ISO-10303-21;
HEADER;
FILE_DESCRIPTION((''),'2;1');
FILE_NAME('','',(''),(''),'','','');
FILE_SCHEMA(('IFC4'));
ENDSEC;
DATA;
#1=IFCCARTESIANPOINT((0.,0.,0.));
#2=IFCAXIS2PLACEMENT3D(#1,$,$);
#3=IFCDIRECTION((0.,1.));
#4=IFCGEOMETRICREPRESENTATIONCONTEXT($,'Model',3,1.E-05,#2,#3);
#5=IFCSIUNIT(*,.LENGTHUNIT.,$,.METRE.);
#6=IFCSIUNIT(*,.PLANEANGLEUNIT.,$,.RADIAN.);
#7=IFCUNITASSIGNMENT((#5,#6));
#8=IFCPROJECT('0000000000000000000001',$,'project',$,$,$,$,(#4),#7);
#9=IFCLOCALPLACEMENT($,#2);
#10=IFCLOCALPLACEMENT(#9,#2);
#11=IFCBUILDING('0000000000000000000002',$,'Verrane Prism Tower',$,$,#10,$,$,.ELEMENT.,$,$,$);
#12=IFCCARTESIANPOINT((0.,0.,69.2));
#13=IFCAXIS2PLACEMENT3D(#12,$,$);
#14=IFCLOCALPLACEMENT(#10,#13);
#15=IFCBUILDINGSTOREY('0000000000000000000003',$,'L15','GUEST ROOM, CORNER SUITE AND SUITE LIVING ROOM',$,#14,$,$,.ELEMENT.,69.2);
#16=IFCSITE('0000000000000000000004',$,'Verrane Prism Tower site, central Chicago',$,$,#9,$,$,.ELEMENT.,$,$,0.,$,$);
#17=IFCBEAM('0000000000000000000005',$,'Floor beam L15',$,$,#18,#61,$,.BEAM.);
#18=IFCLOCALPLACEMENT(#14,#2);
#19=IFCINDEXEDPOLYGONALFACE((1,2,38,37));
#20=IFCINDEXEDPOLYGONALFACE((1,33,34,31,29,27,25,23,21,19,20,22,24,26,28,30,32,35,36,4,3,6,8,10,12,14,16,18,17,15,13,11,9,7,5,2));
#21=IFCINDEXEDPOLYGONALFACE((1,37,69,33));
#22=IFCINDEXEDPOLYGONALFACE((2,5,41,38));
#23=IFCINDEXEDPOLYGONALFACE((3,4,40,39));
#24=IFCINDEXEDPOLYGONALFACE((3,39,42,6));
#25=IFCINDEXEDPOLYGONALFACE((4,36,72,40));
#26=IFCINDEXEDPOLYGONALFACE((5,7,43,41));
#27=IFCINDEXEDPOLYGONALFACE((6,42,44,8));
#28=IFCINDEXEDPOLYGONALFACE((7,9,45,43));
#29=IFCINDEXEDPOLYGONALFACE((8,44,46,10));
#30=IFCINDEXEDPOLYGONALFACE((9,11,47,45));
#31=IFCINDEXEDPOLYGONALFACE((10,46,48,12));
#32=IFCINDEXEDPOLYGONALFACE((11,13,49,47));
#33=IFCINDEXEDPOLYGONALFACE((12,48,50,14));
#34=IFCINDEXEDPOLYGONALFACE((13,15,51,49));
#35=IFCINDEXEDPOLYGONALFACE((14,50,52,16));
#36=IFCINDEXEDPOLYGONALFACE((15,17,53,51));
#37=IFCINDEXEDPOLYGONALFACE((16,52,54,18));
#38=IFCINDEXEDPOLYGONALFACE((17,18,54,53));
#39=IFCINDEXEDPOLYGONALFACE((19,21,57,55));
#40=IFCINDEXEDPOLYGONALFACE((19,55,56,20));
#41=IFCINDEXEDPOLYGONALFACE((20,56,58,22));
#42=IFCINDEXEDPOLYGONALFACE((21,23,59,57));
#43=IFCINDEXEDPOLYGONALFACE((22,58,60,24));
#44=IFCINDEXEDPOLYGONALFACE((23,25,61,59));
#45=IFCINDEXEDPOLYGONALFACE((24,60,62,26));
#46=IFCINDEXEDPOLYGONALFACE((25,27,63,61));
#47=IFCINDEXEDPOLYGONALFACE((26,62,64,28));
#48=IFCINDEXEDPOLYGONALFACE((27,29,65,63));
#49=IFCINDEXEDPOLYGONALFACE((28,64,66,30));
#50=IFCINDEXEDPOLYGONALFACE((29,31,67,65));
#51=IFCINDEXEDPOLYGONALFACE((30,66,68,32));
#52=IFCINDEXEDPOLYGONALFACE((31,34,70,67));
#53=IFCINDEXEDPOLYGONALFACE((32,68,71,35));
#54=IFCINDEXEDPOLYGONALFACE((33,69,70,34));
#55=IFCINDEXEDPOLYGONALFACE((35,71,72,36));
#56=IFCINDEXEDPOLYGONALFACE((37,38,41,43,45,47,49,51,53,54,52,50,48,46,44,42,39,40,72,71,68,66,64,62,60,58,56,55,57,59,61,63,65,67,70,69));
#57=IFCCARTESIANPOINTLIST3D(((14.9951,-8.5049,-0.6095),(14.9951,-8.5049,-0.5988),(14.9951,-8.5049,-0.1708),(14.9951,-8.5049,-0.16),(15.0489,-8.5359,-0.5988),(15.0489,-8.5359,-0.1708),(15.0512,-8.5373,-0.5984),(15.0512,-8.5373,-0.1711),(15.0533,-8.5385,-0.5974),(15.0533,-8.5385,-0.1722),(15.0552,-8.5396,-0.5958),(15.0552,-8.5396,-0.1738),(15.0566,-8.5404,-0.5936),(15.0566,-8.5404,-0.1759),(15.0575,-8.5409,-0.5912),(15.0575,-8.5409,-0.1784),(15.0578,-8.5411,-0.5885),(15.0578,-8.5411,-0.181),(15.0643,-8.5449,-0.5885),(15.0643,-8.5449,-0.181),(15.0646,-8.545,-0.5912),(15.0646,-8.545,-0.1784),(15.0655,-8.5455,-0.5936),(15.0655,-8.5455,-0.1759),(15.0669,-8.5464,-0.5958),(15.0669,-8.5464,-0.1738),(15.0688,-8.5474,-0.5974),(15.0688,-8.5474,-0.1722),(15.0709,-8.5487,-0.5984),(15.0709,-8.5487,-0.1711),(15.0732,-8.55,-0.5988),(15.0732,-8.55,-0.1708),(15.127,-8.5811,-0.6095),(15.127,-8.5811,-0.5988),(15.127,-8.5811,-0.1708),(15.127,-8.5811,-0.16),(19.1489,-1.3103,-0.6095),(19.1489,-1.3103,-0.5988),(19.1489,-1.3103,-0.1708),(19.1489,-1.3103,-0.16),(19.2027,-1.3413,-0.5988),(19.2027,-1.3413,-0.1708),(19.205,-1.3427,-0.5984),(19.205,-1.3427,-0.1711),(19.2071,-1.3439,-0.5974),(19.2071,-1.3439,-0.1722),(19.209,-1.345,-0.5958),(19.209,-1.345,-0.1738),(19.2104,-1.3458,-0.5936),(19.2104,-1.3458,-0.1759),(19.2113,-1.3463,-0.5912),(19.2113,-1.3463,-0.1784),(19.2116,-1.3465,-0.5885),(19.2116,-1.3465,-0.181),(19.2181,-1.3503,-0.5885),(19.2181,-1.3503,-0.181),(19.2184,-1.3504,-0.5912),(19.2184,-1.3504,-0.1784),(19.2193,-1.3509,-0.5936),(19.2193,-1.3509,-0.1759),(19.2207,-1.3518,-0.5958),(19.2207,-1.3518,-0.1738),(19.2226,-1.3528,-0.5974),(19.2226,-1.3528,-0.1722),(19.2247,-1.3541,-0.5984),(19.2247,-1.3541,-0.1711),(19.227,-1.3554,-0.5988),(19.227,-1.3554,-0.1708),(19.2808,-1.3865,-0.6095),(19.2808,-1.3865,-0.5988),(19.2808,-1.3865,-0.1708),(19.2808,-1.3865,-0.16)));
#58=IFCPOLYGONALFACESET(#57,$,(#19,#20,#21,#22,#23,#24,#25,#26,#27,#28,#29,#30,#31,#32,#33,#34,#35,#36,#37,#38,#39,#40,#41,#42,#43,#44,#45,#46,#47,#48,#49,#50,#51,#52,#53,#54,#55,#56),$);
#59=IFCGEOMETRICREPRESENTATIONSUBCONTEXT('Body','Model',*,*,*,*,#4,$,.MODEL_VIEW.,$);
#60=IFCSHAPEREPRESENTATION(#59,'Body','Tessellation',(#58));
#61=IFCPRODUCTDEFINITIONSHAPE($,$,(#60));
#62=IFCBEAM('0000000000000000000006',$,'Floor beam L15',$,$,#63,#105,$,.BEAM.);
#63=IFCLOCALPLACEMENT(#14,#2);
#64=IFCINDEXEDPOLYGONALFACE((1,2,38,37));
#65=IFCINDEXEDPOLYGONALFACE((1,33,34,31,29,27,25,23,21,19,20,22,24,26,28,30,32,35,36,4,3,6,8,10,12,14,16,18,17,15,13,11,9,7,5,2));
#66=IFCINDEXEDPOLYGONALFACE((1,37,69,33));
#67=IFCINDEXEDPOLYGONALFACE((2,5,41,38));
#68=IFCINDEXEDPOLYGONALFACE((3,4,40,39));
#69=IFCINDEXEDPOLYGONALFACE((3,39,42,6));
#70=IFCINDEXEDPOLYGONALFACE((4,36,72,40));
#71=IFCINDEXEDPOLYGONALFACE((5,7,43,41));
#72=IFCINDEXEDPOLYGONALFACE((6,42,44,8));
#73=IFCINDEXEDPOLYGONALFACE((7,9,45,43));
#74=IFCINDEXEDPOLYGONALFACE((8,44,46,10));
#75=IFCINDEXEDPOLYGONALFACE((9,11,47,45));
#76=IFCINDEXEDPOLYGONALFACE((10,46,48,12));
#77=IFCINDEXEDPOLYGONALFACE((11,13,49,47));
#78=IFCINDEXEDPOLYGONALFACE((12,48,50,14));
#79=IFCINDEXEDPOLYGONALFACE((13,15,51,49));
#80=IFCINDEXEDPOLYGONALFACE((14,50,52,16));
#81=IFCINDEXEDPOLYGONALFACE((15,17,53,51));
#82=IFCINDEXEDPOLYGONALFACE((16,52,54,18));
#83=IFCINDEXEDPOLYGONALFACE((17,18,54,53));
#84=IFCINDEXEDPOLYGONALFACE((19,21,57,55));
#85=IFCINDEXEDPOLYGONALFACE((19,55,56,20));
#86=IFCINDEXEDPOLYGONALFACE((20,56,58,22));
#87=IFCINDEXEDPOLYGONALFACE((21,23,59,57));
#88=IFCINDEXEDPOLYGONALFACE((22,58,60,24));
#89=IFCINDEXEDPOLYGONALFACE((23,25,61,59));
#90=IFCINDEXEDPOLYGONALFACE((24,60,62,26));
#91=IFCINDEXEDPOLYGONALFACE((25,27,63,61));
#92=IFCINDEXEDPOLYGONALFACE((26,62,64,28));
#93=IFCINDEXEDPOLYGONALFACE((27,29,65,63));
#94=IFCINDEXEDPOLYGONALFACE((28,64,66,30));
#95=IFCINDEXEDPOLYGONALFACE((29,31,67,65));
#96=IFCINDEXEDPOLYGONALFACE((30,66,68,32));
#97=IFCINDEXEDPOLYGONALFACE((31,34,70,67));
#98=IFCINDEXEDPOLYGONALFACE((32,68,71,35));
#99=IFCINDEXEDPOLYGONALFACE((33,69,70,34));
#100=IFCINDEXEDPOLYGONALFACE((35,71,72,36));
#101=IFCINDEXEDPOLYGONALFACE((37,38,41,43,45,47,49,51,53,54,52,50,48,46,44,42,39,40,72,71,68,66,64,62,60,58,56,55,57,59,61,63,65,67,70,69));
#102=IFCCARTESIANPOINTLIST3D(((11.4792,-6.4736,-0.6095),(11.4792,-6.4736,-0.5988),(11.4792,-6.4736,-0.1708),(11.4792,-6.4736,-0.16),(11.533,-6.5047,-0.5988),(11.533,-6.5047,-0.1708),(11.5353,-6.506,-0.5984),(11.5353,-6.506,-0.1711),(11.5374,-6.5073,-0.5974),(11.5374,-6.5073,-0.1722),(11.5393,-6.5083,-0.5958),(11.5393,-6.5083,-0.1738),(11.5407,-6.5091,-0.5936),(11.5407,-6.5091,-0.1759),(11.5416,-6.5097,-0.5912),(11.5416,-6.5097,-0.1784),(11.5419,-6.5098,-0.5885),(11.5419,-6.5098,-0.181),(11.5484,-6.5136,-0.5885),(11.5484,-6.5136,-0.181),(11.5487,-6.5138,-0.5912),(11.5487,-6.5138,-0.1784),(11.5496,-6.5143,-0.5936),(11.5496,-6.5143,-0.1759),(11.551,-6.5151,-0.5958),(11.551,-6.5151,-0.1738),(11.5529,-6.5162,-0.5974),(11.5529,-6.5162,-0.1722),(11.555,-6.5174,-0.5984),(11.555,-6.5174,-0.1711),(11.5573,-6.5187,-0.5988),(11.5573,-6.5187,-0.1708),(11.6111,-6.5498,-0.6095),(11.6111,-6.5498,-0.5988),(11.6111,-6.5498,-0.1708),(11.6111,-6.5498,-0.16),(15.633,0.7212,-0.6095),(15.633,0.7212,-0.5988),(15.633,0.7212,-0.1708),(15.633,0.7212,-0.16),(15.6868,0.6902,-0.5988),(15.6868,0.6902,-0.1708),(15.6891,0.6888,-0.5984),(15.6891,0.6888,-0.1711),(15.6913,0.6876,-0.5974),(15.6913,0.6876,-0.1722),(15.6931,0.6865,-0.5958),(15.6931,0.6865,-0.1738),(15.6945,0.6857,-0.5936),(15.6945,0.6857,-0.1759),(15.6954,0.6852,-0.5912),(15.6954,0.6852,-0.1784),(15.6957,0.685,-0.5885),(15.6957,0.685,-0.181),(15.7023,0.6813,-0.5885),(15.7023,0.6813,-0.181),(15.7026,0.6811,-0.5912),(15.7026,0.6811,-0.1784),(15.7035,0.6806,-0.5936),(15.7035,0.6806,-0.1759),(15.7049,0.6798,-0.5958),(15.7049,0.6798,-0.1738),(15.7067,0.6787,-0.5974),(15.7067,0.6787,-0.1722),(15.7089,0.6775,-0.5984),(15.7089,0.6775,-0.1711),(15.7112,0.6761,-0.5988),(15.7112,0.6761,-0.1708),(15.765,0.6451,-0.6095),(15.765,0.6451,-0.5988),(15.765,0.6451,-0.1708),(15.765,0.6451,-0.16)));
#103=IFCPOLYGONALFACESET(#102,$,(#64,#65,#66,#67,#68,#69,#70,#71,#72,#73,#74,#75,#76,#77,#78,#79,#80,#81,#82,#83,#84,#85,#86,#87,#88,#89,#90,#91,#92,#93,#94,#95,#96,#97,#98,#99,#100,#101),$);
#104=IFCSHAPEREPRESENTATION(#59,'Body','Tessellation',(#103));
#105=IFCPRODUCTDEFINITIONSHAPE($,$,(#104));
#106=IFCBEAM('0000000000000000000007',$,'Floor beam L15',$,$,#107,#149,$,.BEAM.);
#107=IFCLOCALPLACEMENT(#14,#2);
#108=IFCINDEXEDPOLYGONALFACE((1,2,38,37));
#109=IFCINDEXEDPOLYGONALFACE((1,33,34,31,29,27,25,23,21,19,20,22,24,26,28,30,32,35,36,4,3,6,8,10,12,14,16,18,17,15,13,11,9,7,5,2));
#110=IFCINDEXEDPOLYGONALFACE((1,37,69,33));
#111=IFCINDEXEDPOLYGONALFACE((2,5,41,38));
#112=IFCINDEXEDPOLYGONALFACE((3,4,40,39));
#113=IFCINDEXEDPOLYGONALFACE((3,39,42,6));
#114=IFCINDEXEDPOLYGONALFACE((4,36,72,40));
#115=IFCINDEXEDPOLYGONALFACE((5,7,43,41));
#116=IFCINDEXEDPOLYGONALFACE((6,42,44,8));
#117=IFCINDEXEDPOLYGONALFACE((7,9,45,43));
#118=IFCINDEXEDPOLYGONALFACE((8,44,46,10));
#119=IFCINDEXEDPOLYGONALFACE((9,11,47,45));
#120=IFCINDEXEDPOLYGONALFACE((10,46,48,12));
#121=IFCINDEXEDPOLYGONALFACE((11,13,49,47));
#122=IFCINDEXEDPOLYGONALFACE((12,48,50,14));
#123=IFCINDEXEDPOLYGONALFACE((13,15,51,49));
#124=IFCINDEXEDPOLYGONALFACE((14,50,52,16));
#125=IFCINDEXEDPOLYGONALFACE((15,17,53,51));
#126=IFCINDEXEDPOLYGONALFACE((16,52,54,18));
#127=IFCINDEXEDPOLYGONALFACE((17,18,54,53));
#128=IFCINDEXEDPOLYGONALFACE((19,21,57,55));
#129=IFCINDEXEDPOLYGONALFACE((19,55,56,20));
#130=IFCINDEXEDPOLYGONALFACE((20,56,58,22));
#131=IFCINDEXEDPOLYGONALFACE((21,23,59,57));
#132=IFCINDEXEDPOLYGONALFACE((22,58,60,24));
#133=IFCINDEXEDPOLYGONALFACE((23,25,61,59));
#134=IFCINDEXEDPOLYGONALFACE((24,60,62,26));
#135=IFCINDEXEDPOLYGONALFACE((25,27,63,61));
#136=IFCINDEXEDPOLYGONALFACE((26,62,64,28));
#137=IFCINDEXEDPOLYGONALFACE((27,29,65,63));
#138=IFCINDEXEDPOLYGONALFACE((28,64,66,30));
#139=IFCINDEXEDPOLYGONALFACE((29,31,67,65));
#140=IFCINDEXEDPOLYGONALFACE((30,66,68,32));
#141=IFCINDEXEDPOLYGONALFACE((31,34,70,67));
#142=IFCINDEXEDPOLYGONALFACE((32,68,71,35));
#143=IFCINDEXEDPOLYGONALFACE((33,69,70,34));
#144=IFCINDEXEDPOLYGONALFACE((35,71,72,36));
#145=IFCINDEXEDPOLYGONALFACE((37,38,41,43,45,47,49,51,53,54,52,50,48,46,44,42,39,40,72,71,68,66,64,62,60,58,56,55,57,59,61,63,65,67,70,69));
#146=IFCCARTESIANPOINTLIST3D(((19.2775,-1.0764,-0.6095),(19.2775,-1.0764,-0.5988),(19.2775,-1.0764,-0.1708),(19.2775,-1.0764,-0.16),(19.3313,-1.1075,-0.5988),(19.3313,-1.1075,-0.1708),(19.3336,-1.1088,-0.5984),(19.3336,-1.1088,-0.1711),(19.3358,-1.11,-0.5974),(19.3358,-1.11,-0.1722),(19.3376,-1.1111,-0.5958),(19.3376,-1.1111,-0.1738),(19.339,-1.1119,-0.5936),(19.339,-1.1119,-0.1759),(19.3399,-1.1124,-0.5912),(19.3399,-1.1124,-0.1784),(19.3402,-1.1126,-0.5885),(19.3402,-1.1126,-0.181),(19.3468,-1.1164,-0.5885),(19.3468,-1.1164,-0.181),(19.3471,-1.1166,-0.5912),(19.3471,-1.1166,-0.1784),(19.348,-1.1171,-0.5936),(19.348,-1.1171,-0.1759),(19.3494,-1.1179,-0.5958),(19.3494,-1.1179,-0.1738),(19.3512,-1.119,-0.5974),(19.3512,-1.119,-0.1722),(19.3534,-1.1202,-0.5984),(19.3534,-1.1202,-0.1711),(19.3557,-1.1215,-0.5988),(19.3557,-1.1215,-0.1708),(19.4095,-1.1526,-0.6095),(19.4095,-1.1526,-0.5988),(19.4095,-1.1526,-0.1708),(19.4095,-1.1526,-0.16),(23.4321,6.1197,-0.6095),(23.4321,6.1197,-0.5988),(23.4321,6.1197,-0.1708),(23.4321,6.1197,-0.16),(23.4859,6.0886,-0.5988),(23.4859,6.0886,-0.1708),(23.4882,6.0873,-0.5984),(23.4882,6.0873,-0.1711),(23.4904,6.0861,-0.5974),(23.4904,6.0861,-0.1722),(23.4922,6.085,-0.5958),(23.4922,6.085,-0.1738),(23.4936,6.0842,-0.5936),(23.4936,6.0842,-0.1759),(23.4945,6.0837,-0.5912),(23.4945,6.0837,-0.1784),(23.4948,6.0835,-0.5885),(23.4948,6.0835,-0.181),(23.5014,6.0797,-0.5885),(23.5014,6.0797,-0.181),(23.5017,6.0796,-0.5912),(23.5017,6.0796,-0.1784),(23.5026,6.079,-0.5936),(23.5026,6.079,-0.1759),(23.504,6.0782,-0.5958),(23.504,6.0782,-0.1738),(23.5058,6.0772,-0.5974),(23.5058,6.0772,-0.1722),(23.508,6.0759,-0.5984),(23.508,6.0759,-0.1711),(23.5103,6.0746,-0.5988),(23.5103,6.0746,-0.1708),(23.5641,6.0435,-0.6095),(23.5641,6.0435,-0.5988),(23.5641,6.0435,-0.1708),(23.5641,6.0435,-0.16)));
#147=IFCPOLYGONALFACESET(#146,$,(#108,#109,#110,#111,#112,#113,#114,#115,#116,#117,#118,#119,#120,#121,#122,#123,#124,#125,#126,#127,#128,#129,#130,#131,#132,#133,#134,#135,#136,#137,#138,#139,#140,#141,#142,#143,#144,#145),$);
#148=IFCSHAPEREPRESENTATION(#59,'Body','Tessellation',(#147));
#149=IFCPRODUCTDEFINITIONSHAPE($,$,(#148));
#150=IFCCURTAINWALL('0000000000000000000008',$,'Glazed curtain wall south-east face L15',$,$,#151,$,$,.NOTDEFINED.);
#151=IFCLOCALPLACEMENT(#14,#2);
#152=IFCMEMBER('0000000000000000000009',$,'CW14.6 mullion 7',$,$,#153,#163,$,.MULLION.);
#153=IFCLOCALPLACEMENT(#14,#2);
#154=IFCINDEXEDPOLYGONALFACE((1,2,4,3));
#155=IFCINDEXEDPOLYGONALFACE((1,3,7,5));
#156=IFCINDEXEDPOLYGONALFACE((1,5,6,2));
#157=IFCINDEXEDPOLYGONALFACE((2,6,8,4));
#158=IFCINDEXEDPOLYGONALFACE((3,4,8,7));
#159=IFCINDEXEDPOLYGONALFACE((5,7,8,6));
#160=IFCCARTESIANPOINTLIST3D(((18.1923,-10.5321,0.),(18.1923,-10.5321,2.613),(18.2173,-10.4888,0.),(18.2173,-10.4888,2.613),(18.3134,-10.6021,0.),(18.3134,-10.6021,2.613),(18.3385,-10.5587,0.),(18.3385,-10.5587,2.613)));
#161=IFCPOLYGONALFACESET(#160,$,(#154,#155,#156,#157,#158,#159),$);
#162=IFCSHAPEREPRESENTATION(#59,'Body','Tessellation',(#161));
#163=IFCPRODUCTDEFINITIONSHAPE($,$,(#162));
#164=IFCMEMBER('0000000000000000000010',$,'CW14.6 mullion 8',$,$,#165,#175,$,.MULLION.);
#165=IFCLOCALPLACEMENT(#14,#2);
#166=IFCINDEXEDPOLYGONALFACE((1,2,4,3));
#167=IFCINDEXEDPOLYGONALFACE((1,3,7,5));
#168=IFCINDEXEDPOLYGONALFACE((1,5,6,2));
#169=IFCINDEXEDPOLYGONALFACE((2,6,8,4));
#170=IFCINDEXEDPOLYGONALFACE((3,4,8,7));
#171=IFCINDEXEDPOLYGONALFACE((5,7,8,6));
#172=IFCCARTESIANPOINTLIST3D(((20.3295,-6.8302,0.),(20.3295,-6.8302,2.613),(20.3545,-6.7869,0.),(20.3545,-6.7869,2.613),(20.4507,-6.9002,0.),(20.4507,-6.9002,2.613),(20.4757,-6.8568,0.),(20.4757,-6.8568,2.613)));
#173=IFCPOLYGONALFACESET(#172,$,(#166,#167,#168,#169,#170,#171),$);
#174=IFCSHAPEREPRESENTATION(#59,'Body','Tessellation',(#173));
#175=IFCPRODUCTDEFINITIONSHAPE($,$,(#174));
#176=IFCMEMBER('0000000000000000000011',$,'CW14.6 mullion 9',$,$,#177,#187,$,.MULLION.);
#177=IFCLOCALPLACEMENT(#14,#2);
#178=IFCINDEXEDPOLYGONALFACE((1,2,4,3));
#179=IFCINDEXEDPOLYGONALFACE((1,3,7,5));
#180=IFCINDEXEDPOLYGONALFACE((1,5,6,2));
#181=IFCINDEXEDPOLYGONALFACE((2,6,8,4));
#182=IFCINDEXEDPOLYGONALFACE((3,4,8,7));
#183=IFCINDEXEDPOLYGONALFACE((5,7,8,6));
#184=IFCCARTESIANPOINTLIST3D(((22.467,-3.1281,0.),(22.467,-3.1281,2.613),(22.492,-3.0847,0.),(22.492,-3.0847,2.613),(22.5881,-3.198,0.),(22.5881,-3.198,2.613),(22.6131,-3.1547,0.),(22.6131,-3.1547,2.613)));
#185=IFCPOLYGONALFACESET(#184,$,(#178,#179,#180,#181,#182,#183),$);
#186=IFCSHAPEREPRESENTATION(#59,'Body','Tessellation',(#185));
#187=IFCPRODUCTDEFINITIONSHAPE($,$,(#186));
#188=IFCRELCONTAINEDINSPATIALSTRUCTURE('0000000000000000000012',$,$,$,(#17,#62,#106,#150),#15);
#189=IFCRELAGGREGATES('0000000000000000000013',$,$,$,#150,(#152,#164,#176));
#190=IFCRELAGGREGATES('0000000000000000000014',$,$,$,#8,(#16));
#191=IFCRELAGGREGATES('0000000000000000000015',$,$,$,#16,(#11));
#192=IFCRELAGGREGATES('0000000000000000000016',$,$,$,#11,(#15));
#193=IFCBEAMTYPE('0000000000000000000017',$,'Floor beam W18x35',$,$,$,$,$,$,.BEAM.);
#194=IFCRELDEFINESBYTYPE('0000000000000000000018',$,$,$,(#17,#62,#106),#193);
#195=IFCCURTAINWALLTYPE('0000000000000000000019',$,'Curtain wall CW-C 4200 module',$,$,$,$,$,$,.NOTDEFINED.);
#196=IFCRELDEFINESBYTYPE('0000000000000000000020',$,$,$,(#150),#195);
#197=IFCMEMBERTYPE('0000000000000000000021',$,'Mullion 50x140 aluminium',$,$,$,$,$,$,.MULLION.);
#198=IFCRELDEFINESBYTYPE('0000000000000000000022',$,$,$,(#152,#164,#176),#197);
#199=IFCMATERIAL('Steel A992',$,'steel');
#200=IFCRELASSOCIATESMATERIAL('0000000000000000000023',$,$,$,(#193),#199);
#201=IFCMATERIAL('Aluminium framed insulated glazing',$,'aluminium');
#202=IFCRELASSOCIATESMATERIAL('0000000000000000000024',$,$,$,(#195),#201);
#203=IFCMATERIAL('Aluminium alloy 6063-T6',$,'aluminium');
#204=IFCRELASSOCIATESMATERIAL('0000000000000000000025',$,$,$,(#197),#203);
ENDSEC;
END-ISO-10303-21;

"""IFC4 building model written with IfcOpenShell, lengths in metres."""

from ifc_helpers import new_model, si_unit, direction, frame, origin, origin_2d, place, context, subcontext, project, spatial, rectangle, i_section, extrude, material, material_profile, profile_set, type_object, element, aggregate, save


model = new_model("IFC4")

# Units and contexts
model_context = context("Model", 3, precision=1e-05, world=origin(), true_north=direction((0.0, 1.0)))
body_context = subcontext(model_context, "Body", "Model", "MODEL_VIEW")
ifc_project = project(units=[si_unit("LENGTHUNIT", "METRE"), si_unit("PLANEANGLEUNIT", "RADIAN")], contexts=[model_context])

# Site, building, storey
site_placement = place(None, origin())
site = spatial("IfcSite", under=ifc_project, at=site_placement, Name="Verrane Prism Tower site, central Chicago", CompositionType="ELEMENT", RefElevation=0.0)
building_placement = place(site_placement, origin())
building = spatial("IfcBuilding", under=site, at=building_placement, Name="Verrane Prism Tower", CompositionType="ELEMENT")
storey_placement = place(building_placement, frame((0.0, 0.0, 69.2)))
storey = spatial("IfcBuildingStorey", under=building, at=storey_placement, Name="L15", Description="GUEST ROOM, CORNER SUITE AND SUITE LIVING ROOM", CompositionType="ELEMENT", Elevation=69.2)

# Beams
ifc_material_1 = material(Name="Steel A992", Category="steel")
ifc_material_profile_1 = material_profile(ifc_material_1, i_section(OverallWidth=0.1523, OverallDepth=0.4495, WebThickness=0.0076, FlangeThickness=0.0107, FilletRadius=0.0103, at=origin_2d()), Name="W18x35")
ifc_profile_set_1 = profile_set([ifc_material_profile_1], Name="Steel A992")
beam_type_1 = type_object("IfcBeamType", Name="Floor beam W18x35", PredefinedType="BEAM", material=ifc_profile_set_1)
beam_1_placement = place(storey_placement, frame((15.061, -8.543, -0.3848), z_axis=(0.500001, 0.866025, 0.0), x_axis=(-0.866025, 0.500001, 0.0)))
element("IfcBeam", 1, at=beam_1_placement, inside=storey, type_object=beam_type_1, Name="Floor beam L15", PredefinedType="BEAM", context=body_context, shape_type="SweptSolid", body=[
    extrude(i_section(OverallWidth=0.1523, OverallDepth=0.4495, WebThickness=0.0076, FlangeThickness=0.0107, FilletRadius=0.0103, at=origin_2d()), origin(), (0.0, 0.0, 1.0), 8.3076),
])
beam_2_placement = place(storey_placement, frame((11.5452, -6.5117, -0.3848), z_axis=(0.499989, 0.866032, 0.0), x_axis=(-0.866032, 0.499989, 0.0)))
element("IfcBeam", 2, at=beam_2_placement, inside=storey, type_object=beam_type_1, Name="Floor beam L15", PredefinedType="BEAM", context=body_context, shape_type="SweptSolid", body=[
    extrude(i_section(OverallWidth=0.1523, OverallDepth=0.4495, WebThickness=0.0076, FlangeThickness=0.0107, FilletRadius=0.0103, at=origin_2d()), origin(), (0.0, 0.0, 1.0), 8.3079),
])
beam_3_placement = place(storey_placement, frame((19.3435, -1.1145, -0.3848), z_axis=(0.499991, 0.86603, 0.0), x_axis=(-0.86603, 0.499991, 0.0)))
element("IfcBeam", 3, at=beam_3_placement, inside=storey, type_object=beam_type_1, Name="Floor beam L15", PredefinedType="BEAM", context=body_context, shape_type="SweptSolid", body=[
    extrude(i_section(OverallWidth=0.1523, OverallDepth=0.4495, WebThickness=0.0076, FlangeThickness=0.0107, FilletRadius=0.0103, at=origin_2d()), origin(), (0.0, 0.0, 1.0), 8.3093),
])

# Curtain wall, members
ifc_material_2 = material(Name="Aluminium framed insulated glazing", Category="aluminium")
curtain_wall_type = type_object("IfcCurtainWallType", Name="Curtain wall CW-C 4200 module", PredefinedType="NOTDEFINED", material=ifc_material_2)
curtain_wall_placement = place(storey_placement, origin())
curtain_wall = element("IfcCurtainWall", 4, at=curtain_wall_placement, inside=storey, type_object=curtain_wall_type, Name="Glazed curtain wall south-east face L15", PredefinedType="NOTDEFINED")
ifc_material_3 = material(Name="Aluminium alloy 6063-T6", Category="aluminium")
ifc_material_profile_2 = material_profile(ifc_material_3, rectangle(XDim=0.1399, YDim=0.05, at=origin_2d()), Name="Mullion 50x140 aluminium")
ifc_profile_set_2 = profile_set([ifc_material_profile_2], Name="Aluminium alloy 6063-T6")
member_type_1 = type_object("IfcMemberType", Name="Mullion 50x140 aluminium", PredefinedType="MULLION", material=ifc_profile_set_2)
member_1_placement = place(storey_placement, frame((18.2654, -10.5454, 0.0), z_axis=(0.0, 0.0, 1.0), x_axis=(-0.866025, 0.5, 0.0)))
member_1 = element("IfcMember", 5, at=member_1_placement, type_object=member_type_1, Name="CW14.6 mullion 7", PredefinedType="MULLION", context=body_context, shape_type="SweptSolid", body=[
    extrude(rectangle(XDim=0.1399, YDim=0.05, at=origin_2d()), origin(), (0.0, 0.0, 1.0), 2.613),
])
member_2_placement = place(storey_placement, frame((20.4026, -6.8435, 0.0), z_axis=(0.0, 0.0, 1.0), x_axis=(-0.866025, 0.5, 0.0)))
member_2 = element("IfcMember", 6, at=member_2_placement, type_object=member_type_1, Name="CW14.6 mullion 8", PredefinedType="MULLION", context=body_context, shape_type="SweptSolid", body=[
    extrude(rectangle(XDim=0.1399, YDim=0.05, at=origin_2d()), origin(), (0.0, 0.0, 1.0), 2.613),
])
member_3_placement = place(storey_placement, frame((22.54, -3.1414, 0.0), z_axis=(0.0, 0.0, 1.0), x_axis=(-0.866025, 0.5, 0.0)))
member_3 = element("IfcMember", 7, at=member_3_placement, type_object=member_type_1, Name="CW14.6 mullion 9", PredefinedType="MULLION", context=body_context, shape_type="SweptSolid", body=[
    extrude(rectangle(XDim=0.1399, YDim=0.05, at=origin_2d()), origin(), (0.0, 0.0, 1.0), 2.613),
])

aggregate(curtain_wall, [member_1, member_2, member_3])

save(model, "model.ifc")
